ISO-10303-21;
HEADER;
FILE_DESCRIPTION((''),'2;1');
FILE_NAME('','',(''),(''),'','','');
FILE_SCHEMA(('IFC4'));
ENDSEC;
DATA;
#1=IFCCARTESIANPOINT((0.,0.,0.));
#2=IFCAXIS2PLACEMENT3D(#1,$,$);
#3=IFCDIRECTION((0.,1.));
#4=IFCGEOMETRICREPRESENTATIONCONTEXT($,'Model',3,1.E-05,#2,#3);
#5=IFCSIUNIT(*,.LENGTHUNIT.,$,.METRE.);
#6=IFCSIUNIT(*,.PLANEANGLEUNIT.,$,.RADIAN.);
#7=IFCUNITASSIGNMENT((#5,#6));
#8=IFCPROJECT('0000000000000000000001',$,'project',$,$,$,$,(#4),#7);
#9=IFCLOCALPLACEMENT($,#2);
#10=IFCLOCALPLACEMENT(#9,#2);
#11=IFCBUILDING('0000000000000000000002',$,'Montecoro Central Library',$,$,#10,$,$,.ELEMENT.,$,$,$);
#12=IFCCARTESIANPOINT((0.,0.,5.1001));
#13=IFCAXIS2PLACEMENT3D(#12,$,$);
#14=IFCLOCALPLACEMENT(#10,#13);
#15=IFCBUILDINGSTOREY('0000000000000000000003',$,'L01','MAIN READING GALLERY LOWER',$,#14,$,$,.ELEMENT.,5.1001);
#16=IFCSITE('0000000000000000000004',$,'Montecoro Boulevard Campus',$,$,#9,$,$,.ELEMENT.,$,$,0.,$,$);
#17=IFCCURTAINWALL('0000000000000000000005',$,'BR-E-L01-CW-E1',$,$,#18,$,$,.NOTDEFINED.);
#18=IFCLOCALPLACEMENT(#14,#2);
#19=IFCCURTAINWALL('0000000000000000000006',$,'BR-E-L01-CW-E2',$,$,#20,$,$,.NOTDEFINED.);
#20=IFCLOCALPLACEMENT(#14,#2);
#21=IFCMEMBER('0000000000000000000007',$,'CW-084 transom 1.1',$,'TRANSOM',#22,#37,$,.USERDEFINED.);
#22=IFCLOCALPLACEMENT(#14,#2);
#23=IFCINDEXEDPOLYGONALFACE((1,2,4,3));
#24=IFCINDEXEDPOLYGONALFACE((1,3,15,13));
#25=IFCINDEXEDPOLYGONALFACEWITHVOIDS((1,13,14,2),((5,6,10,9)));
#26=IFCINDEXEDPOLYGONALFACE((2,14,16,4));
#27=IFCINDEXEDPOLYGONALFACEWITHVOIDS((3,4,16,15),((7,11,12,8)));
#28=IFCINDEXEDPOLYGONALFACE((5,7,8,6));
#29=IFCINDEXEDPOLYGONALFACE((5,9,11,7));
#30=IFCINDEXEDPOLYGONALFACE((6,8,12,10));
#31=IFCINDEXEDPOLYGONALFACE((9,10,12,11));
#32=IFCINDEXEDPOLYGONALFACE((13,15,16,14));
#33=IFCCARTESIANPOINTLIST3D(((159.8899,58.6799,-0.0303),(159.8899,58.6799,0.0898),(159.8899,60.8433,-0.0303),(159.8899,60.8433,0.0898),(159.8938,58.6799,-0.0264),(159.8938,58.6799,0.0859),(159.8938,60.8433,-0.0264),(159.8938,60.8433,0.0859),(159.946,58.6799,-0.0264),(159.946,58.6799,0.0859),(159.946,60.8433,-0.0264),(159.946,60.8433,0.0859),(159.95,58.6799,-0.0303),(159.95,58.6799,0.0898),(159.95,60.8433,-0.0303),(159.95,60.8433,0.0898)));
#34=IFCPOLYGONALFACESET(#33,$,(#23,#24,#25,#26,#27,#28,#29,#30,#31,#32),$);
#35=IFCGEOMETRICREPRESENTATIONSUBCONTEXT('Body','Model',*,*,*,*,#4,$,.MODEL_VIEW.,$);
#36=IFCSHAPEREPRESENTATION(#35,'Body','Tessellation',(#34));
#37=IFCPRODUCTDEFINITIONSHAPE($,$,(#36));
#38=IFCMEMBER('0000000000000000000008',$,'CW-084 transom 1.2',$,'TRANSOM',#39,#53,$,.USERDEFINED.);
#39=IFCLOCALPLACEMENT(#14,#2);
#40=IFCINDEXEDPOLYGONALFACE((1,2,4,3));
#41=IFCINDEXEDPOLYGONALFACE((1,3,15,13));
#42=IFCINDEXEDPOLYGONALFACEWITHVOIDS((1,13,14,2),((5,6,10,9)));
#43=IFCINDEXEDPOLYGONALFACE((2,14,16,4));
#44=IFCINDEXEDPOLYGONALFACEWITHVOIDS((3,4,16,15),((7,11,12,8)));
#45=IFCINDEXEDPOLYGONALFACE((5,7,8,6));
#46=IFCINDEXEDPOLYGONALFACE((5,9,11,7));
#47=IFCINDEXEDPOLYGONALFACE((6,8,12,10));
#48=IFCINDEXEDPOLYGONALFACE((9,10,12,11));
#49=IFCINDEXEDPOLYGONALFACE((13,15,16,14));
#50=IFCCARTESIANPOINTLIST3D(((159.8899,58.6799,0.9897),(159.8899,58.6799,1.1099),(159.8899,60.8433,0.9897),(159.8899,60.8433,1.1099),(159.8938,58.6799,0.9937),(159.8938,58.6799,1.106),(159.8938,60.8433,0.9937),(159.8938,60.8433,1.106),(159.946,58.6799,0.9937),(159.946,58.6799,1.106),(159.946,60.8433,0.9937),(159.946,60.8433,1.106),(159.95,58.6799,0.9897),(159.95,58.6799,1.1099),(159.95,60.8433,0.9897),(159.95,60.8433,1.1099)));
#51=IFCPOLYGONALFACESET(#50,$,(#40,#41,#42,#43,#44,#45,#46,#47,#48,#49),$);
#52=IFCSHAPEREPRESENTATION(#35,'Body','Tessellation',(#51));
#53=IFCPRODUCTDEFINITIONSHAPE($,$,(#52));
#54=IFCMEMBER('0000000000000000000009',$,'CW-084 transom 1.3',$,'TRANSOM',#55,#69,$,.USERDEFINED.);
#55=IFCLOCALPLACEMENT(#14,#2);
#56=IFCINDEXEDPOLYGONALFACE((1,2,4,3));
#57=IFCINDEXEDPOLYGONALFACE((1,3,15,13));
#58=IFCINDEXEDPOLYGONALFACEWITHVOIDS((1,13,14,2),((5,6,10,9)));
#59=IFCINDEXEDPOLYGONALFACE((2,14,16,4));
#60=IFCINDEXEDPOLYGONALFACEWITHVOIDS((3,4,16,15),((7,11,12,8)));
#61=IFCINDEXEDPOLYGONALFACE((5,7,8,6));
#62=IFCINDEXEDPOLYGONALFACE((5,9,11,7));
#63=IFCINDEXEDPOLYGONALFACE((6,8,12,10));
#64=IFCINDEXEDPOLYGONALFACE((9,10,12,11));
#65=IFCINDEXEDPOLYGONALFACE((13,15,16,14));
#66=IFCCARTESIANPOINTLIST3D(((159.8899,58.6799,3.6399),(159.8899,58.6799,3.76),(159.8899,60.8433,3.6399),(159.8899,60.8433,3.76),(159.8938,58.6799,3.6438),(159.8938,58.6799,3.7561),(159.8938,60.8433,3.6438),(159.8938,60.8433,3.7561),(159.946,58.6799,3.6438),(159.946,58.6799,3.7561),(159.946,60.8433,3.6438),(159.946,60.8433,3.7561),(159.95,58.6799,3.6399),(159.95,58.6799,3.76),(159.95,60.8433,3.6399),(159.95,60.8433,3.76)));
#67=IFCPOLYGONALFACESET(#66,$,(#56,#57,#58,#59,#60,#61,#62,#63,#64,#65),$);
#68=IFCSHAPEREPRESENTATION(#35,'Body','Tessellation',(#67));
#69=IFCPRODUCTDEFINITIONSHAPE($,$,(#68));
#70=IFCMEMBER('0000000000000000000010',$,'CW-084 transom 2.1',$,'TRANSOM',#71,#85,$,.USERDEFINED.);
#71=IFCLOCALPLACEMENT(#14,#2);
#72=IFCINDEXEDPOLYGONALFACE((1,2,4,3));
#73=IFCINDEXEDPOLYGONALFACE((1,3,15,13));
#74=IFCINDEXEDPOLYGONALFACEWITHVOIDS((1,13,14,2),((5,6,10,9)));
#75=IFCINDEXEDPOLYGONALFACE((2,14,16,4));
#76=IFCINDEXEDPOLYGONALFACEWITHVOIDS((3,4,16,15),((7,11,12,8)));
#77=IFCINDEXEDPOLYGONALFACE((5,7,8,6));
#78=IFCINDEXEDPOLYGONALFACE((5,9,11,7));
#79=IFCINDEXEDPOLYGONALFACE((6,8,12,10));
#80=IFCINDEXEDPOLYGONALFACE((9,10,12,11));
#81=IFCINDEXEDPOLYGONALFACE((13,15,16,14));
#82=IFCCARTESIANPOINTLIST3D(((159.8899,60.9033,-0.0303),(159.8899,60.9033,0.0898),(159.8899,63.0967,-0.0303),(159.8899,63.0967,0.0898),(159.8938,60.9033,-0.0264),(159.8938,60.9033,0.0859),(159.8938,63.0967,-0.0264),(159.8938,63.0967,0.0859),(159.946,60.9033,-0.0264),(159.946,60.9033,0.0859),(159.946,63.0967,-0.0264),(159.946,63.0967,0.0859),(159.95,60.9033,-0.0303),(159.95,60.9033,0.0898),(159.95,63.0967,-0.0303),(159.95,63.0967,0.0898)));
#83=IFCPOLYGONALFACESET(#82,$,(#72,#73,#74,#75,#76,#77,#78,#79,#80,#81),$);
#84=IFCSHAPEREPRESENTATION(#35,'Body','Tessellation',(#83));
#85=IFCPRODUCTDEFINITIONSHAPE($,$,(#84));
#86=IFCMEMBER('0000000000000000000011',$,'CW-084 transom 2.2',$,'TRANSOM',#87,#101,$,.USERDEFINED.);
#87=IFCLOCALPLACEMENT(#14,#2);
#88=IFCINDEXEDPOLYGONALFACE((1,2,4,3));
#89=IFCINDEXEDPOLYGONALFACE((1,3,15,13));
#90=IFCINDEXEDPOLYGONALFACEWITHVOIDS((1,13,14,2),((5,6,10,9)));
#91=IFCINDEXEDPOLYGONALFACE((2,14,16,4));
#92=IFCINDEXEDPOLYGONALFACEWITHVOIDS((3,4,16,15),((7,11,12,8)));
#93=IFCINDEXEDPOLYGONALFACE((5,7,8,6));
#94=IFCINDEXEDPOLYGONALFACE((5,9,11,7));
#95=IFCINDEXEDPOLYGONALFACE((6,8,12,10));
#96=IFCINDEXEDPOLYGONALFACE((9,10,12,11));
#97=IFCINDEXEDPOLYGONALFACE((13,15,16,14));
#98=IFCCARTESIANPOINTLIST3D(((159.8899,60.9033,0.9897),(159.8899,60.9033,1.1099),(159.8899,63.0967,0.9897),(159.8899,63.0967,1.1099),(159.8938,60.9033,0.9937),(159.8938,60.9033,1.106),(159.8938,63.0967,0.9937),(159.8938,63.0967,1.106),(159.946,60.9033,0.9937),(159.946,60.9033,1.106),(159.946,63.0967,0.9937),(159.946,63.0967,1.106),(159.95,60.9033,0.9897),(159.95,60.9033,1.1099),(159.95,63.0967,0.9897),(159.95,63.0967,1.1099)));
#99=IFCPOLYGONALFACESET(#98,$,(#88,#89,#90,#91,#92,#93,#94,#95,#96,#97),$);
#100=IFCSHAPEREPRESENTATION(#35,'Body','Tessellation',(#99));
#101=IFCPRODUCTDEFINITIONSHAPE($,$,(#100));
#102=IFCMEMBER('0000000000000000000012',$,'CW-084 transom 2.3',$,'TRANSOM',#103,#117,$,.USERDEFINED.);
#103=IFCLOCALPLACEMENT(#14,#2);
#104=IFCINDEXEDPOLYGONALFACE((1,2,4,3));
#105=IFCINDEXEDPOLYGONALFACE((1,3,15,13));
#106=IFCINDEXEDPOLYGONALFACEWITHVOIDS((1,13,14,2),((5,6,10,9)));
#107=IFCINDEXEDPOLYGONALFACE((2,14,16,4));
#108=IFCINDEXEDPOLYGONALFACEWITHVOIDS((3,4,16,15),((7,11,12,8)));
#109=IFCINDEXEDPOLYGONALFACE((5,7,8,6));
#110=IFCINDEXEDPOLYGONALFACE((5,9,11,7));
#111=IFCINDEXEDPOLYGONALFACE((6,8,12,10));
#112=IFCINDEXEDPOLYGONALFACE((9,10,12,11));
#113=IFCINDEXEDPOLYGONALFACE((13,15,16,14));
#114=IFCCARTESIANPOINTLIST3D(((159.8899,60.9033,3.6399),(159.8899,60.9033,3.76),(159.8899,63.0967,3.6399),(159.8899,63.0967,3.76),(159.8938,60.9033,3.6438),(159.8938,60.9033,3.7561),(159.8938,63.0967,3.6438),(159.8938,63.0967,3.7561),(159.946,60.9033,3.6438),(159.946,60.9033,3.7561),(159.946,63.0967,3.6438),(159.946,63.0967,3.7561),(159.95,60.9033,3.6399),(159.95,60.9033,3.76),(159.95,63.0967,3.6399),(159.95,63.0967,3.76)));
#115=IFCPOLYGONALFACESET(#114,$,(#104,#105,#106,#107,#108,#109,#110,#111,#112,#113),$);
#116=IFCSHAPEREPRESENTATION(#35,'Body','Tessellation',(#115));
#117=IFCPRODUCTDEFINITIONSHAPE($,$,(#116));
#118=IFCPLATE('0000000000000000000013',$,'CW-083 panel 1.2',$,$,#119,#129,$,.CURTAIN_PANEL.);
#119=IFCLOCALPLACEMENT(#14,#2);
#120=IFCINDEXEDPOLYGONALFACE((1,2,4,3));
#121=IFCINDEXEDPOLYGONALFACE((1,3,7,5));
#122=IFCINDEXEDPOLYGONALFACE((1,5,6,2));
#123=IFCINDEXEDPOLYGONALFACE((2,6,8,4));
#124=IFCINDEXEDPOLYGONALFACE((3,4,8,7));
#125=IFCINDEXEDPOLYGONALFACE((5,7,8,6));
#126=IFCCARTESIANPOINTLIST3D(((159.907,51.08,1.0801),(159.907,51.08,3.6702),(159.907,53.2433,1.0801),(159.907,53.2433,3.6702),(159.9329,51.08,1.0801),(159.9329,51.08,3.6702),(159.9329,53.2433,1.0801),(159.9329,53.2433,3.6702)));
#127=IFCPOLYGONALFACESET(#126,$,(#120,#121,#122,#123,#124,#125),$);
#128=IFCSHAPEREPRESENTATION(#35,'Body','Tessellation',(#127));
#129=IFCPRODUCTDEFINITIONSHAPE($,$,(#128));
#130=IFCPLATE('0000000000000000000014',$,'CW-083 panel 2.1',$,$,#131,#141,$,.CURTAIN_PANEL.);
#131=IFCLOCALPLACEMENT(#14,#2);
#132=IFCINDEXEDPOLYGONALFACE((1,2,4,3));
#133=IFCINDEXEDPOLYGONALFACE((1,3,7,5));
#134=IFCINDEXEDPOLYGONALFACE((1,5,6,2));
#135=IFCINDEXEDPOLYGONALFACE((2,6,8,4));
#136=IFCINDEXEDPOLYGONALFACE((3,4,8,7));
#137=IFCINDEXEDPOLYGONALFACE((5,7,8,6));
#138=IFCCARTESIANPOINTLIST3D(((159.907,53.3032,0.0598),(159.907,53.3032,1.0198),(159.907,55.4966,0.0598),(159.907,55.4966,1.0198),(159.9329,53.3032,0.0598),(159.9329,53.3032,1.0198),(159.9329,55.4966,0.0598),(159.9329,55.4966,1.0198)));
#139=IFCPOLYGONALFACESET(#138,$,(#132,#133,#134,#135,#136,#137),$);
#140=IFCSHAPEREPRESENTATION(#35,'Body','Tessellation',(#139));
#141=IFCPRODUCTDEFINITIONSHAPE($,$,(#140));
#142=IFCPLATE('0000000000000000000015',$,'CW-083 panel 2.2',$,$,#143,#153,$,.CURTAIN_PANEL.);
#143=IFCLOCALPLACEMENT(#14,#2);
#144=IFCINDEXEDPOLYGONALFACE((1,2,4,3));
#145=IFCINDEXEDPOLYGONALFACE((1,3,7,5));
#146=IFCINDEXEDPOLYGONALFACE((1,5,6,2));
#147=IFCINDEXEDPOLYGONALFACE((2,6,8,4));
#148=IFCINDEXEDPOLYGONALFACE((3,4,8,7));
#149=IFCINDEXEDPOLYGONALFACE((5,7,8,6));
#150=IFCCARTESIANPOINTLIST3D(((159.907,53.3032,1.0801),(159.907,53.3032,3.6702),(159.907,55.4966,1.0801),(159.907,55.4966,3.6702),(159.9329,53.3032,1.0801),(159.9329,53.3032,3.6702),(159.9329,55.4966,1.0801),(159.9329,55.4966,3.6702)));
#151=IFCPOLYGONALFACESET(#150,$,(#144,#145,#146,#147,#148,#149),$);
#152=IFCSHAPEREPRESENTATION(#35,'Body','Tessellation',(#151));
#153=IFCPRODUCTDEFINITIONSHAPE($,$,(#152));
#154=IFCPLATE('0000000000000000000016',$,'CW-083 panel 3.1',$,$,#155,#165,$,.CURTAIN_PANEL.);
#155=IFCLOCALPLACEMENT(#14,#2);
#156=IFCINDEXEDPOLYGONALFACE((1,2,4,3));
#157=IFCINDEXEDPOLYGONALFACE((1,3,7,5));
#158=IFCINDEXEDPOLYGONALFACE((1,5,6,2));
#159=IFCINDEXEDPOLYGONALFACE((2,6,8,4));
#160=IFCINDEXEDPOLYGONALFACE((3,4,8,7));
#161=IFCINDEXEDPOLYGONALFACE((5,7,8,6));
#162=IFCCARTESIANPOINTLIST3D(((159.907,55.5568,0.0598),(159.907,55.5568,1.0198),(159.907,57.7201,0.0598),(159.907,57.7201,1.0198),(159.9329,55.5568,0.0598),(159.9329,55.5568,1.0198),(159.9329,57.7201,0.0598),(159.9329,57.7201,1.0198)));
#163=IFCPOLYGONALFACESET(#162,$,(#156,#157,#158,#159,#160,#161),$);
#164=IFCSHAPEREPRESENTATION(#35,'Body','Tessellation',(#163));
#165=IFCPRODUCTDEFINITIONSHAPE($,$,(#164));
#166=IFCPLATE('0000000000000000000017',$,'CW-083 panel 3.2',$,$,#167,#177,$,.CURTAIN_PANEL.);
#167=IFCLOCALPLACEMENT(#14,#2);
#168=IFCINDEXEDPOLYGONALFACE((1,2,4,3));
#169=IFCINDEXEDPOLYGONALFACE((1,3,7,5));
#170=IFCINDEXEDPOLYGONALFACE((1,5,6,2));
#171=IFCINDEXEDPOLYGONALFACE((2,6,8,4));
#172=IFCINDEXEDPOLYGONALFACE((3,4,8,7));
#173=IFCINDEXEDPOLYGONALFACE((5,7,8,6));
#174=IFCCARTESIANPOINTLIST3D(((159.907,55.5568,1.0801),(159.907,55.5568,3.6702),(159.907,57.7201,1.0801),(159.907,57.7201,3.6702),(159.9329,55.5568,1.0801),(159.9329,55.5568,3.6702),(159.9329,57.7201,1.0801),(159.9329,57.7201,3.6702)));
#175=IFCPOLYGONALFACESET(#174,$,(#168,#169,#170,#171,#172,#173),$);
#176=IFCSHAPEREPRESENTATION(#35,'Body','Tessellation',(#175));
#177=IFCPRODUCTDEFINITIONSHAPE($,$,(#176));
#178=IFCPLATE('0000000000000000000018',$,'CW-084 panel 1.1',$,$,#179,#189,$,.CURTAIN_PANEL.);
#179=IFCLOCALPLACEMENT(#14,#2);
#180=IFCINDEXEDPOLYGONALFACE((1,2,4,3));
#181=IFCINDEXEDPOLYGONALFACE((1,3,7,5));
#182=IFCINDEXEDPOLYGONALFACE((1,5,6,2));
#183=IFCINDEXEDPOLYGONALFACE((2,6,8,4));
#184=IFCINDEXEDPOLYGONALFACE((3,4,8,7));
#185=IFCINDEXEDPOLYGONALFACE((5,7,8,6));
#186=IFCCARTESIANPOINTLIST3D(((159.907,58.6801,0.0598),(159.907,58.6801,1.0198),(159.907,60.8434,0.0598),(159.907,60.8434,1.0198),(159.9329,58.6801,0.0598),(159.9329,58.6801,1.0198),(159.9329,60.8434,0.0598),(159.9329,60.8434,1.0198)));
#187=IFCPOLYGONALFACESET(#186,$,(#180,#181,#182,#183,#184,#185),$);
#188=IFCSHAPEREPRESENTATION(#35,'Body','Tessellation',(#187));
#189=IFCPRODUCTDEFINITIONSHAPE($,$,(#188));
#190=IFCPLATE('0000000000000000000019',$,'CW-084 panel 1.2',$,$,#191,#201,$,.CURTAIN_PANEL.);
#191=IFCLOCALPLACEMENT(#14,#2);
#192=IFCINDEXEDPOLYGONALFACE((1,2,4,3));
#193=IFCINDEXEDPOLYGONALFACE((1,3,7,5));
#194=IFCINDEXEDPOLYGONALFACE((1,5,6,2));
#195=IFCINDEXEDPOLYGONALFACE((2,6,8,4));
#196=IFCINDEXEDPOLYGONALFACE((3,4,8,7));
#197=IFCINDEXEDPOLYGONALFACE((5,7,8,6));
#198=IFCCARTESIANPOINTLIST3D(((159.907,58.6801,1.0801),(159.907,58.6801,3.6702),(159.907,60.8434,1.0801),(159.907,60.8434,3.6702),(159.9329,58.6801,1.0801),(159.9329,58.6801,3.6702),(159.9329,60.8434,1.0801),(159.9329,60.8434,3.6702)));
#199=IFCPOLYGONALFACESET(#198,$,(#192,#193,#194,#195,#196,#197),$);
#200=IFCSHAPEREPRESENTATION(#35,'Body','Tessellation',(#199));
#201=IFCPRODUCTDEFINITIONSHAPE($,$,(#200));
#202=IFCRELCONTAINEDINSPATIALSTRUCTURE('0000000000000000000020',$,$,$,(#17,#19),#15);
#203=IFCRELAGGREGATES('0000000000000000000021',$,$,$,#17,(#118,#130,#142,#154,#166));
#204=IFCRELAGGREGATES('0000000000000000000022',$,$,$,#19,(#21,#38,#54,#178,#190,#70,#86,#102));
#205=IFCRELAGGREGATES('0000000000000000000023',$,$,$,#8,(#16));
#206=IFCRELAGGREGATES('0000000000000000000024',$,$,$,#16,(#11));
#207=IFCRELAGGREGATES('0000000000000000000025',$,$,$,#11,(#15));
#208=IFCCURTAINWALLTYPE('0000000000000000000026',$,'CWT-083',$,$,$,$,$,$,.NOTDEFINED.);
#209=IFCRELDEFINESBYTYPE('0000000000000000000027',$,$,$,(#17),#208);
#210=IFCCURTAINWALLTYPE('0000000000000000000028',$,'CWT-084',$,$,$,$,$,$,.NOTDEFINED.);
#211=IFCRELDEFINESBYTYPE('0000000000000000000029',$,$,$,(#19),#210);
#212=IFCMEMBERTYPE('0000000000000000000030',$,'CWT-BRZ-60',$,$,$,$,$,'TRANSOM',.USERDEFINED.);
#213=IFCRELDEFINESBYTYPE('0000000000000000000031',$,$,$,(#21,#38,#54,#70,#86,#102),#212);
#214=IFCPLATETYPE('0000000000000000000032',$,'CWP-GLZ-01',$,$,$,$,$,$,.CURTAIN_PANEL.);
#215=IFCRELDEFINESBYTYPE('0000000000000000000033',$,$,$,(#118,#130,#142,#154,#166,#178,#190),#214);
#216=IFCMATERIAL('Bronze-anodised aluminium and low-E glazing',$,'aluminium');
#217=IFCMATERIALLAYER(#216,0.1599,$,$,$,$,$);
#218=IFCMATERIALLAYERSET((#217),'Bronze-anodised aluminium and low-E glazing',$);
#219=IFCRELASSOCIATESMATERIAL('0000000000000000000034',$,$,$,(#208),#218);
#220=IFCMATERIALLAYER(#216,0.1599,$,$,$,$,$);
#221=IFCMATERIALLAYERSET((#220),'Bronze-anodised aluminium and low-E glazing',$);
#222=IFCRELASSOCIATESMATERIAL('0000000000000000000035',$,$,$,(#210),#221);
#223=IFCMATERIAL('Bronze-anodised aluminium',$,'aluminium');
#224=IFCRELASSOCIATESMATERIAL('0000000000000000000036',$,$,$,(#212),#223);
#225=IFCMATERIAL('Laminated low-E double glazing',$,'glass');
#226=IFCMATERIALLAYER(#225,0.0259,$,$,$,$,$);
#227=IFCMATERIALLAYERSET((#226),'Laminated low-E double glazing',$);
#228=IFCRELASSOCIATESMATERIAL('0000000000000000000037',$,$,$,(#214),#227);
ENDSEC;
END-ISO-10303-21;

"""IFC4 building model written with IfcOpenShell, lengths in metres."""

from ifc_helpers import new_model, si_unit, direction, frame, origin, origin_2d, place, context, subcontext, project, spatial, rectangle, hollow_rectangle, extrude, material, layer, layer_set, material_profile, profile_set, type_object, element, aggregate, save


model = new_model("IFC4")

# Units and contexts
model_context = context("Model", 3, precision=1e-05, world=origin(), true_north=direction((0.0, 1.0)))
body_context = subcontext(model_context, "Body", "Model", "MODEL_VIEW")
ifc_project = project(units=[si_unit("LENGTHUNIT", "METRE"), si_unit("PLANEANGLEUNIT", "RADIAN")], contexts=[model_context])

# Site, building, storey
site_placement = place(None, origin())
site = spatial("IfcSite", under=ifc_project, at=site_placement, Name="Montecoro Boulevard Campus", CompositionType="ELEMENT", RefElevation=0.0)
building_placement = place(site_placement, origin())
building = spatial("IfcBuilding", under=site, at=building_placement, Name="Montecoro Central Library", CompositionType="ELEMENT")
storey_placement = place(building_placement, frame((0.0, 0.0, 5.1001)))
storey = spatial("IfcBuildingStorey", under=building, at=storey_placement, Name="L01", Description="MAIN READING GALLERY LOWER", CompositionType="ELEMENT", Elevation=5.1001)

# Curtain walls
ifc_material_1 = material(Name="Bronze-anodised aluminium and low-E glazing", Category="aluminium")
ifc_layer_1 = layer(ifc_material_1, 0.1599)
ifc_layer_set_1 = layer_set([ifc_layer_1], Name="Bronze-anodised aluminium and low-E glazing")
curtain_wall_type_1 = type_object("IfcCurtainWallType", Name="CWT-083", PredefinedType="NOTDEFINED", material=ifc_layer_set_1)
curtain_wall_1_placement = place(storey_placement, origin())
curtain_wall_1 = element("IfcCurtainWall", 1, at=curtain_wall_1_placement, inside=storey, type_object=curtain_wall_type_1, Name="BR-E-L01-CW-E1", PredefinedType="NOTDEFINED")
ifc_material_2 = material(Name="Bronze-anodised aluminium", Category="aluminium")
ifc_layer_2 = layer(ifc_material_1, 0.1599)
ifc_layer_set_2 = layer_set([ifc_layer_2], Name="Bronze-anodised aluminium and low-E glazing")
curtain_wall_type_2 = type_object("IfcCurtainWallType", Name="CWT-084", PredefinedType="NOTDEFINED", material=ifc_layer_set_2)
curtain_wall_2_placement = place(storey_placement, origin())
curtain_wall_2 = element("IfcCurtainWall", 2, at=curtain_wall_2_placement, inside=storey, type_object=curtain_wall_type_2, Name="BR-E-L01-CW-E2", PredefinedType="NOTDEFINED")

# Members
ifc_material_profile_1 = material_profile(ifc_material_2, hollow_rectangle(XDim=0.0601, YDim=0.1201, WallThickness=0.0039, at=origin_2d()), Name="CWT 120x60x4.0")
ifc_profile_set_1 = profile_set([ifc_material_profile_1], Name="Bronze-anodised aluminium")
member_type_1 = type_object("IfcMemberType", Name="CWT-BRZ-60", ElementType="TRANSOM", PredefinedType="USERDEFINED", material=ifc_profile_set_1)
member_1_placement = place(storey_placement, frame((159.9199, 58.6799, 0.0298), z_axis=(0.0, 1.0, 0.0), x_axis=(-1.0, 0.0, 0.0)))
member_1 = element("IfcMember", 3, at=member_1_placement, type_object=member_type_1, Name="CW-084 transom 1.1", ObjectType="TRANSOM", PredefinedType="USERDEFINED", context=body_context, shape_type="SweptSolid", body=[
    extrude(hollow_rectangle(XDim=0.0601, YDim=0.1201, WallThickness=0.0039, at=origin_2d()), origin(), (0.0, 0.0, 1.0), 2.1633),
])
member_2_placement = place(storey_placement, frame((159.9199, 58.6799, 1.0498), z_axis=(0.0, 1.0, 0.0), x_axis=(-1.0, 0.0, 0.0)))
member_2 = element("IfcMember", 4, at=member_2_placement, type_object=member_type_1, Name="CW-084 transom 1.2", ObjectType="TRANSOM", PredefinedType="USERDEFINED", context=body_context, shape_type="SweptSolid", body=[
    extrude(hollow_rectangle(XDim=0.0601, YDim=0.1201, WallThickness=0.0039, at=origin_2d()), origin(), (0.0, 0.0, 1.0), 2.1633),
])
member_3_placement = place(storey_placement, frame((159.9199, 58.6799, 3.7), z_axis=(0.0, 1.0, 0.0), x_axis=(-1.0, 0.0, 0.0)))
member_3 = element("IfcMember", 5, at=member_3_placement, type_object=member_type_1, Name="CW-084 transom 1.3", ObjectType="TRANSOM", PredefinedType="USERDEFINED", context=body_context, shape_type="SweptSolid", body=[
    extrude(hollow_rectangle(XDim=0.0601, YDim=0.1201, WallThickness=0.0039, at=origin_2d()), origin(), (0.0, 0.0, 1.0), 2.1633),
])
member_4_placement = place(storey_placement, frame((159.9199, 60.9033, 0.0298), z_axis=(0.0, 1.0, 0.0), x_axis=(-1.0, 0.0, 0.0)))
member_4 = element("IfcMember", 6, at=member_4_placement, type_object=member_type_1, Name="CW-084 transom 2.1", ObjectType="TRANSOM", PredefinedType="USERDEFINED", context=body_context, shape_type="SweptSolid", body=[
    extrude(hollow_rectangle(XDim=0.0601, YDim=0.1201, WallThickness=0.0039, at=origin_2d()), origin(), (0.0, 0.0, 1.0), 2.1934),
])
member_5_placement = place(storey_placement, frame((159.9199, 60.9033, 1.0498), z_axis=(0.0, 1.0, 0.0), x_axis=(-1.0, 0.0, 0.0)))
member_5 = element("IfcMember", 7, at=member_5_placement, type_object=member_type_1, Name="CW-084 transom 2.2", ObjectType="TRANSOM", PredefinedType="USERDEFINED", context=body_context, shape_type="SweptSolid", body=[
    extrude(hollow_rectangle(XDim=0.0601, YDim=0.1201, WallThickness=0.0039, at=origin_2d()), origin(), (0.0, 0.0, 1.0), 2.1934),
])
member_6_placement = place(storey_placement, frame((159.9199, 60.9033, 3.7), z_axis=(0.0, 1.0, 0.0), x_axis=(-1.0, 0.0, 0.0)))
member_6 = element("IfcMember", 8, at=member_6_placement, type_object=member_type_1, Name="CW-084 transom 2.3", ObjectType="TRANSOM", PredefinedType="USERDEFINED", context=body_context, shape_type="SweptSolid", body=[
    extrude(hollow_rectangle(XDim=0.0601, YDim=0.1201, WallThickness=0.0039, at=origin_2d()), origin(), (0.0, 0.0, 1.0), 2.1934),
])

# Plates
ifc_material_3 = material(Name="Laminated low-E double glazing", Category="glass")
ifc_layer_3 = layer(ifc_material_3, 0.0259)
ifc_layer_set_3 = layer_set([ifc_layer_3], Name="Laminated low-E double glazing")
plate_type = type_object("IfcPlateType", Name="CWP-GLZ-01", PredefinedType="CURTAIN_PANEL", material=ifc_layer_set_3)
plate_1_placement = place(storey_placement, frame((159.9199, 52.1616, 1.0801), z_axis=(0.0, 0.0, 1.0), x_axis=(0.0, 1.0, 0.0)))
plate_1 = element("IfcPlate", 9, at=plate_1_placement, type_object=plate_type, Name="CW-083 panel 1.2", PredefinedType="CURTAIN_PANEL", context=body_context, shape_type="SweptSolid", body=[
    extrude(rectangle(XDim=2.1633, YDim=0.0259, at=origin_2d()), origin(), (0.0, 0.0, 1.0), 2.5901),
])
plate_2_placement = place(storey_placement, frame((159.9199, 54.3999, 0.0598), z_axis=(0.0, 0.0, 1.0), x_axis=(0.0, 1.0, 0.0)))
plate_2 = element("IfcPlate", 10, at=plate_2_placement, type_object=plate_type, Name="CW-083 panel 2.1", PredefinedType="CURTAIN_PANEL", context=body_context, shape_type="SweptSolid", body=[
    extrude(rectangle(XDim=2.1934, YDim=0.0259, at=origin_2d()), origin(), (0.0, 0.0, 1.0), 0.96),
])
plate_3_placement = place(storey_placement, frame((159.9199, 54.3999, 1.0801), z_axis=(0.0, 0.0, 1.0), x_axis=(0.0, 1.0, 0.0)))
plate_3 = element("IfcPlate", 11, at=plate_3_placement, type_object=plate_type, Name="CW-083 panel 2.2", PredefinedType="CURTAIN_PANEL", context=body_context, shape_type="SweptSolid", body=[
    extrude(rectangle(XDim=2.1934, YDim=0.0259, at=origin_2d()), origin(), (0.0, 0.0, 1.0), 2.5901),
])
plate_4_placement = place(storey_placement, frame((159.9199, 56.6384, 0.0598), z_axis=(0.0, 0.0, 1.0), x_axis=(0.0, 1.0, 0.0)))
plate_4 = element("IfcPlate", 12, at=plate_4_placement, type_object=plate_type, Name="CW-083 panel 3.1", PredefinedType="CURTAIN_PANEL", context=body_context, shape_type="SweptSolid", body=[
    extrude(rectangle(XDim=2.1633, YDim=0.0259, at=origin_2d()), origin(), (0.0, 0.0, 1.0), 0.96),
])
plate_5_placement = place(storey_placement, frame((159.9199, 56.6384, 1.0801), z_axis=(0.0, 0.0, 1.0), x_axis=(0.0, 1.0, 0.0)))
plate_5 = element("IfcPlate", 13, at=plate_5_placement, type_object=plate_type, Name="CW-083 panel 3.2", PredefinedType="CURTAIN_PANEL", context=body_context, shape_type="SweptSolid", body=[
    extrude(rectangle(XDim=2.1633, YDim=0.0259, at=origin_2d()), origin(), (0.0, 0.0, 1.0), 2.5901),
])
aggregate(curtain_wall_1, [plate_1, plate_2, plate_3, plate_4, plate_5])
plate_6_placement = place(storey_placement, frame((159.9199, 59.7617, 0.0598), z_axis=(0.0, 0.0, 1.0), x_axis=(0.0, 1.0, 0.0)))
plate_6 = element("IfcPlate", 14, at=plate_6_placement, type_object=plate_type, Name="CW-084 panel 1.1", PredefinedType="CURTAIN_PANEL", context=body_context, shape_type="SweptSolid", body=[
    extrude(rectangle(XDim=2.1633, YDim=0.0259, at=origin_2d()), origin(), (0.0, 0.0, 1.0), 0.96),
])
plate_7_placement = place(storey_placement, frame((159.9199, 59.7617, 1.0801), z_axis=(0.0, 0.0, 1.0), x_axis=(0.0, 1.0, 0.0)))
plate_7 = element("IfcPlate", 15, at=plate_7_placement, type_object=plate_type, Name="CW-084 panel 1.2", PredefinedType="CURTAIN_PANEL", context=body_context, shape_type="SweptSolid", body=[
    extrude(rectangle(XDim=2.1633, YDim=0.0259, at=origin_2d()), origin(), (0.0, 0.0, 1.0), 2.5901),
])
aggregate(curtain_wall_2, [member_1, member_2, member_3, plate_6, plate_7, member_4, member_5, member_6])

save(model, "model.ifc")
